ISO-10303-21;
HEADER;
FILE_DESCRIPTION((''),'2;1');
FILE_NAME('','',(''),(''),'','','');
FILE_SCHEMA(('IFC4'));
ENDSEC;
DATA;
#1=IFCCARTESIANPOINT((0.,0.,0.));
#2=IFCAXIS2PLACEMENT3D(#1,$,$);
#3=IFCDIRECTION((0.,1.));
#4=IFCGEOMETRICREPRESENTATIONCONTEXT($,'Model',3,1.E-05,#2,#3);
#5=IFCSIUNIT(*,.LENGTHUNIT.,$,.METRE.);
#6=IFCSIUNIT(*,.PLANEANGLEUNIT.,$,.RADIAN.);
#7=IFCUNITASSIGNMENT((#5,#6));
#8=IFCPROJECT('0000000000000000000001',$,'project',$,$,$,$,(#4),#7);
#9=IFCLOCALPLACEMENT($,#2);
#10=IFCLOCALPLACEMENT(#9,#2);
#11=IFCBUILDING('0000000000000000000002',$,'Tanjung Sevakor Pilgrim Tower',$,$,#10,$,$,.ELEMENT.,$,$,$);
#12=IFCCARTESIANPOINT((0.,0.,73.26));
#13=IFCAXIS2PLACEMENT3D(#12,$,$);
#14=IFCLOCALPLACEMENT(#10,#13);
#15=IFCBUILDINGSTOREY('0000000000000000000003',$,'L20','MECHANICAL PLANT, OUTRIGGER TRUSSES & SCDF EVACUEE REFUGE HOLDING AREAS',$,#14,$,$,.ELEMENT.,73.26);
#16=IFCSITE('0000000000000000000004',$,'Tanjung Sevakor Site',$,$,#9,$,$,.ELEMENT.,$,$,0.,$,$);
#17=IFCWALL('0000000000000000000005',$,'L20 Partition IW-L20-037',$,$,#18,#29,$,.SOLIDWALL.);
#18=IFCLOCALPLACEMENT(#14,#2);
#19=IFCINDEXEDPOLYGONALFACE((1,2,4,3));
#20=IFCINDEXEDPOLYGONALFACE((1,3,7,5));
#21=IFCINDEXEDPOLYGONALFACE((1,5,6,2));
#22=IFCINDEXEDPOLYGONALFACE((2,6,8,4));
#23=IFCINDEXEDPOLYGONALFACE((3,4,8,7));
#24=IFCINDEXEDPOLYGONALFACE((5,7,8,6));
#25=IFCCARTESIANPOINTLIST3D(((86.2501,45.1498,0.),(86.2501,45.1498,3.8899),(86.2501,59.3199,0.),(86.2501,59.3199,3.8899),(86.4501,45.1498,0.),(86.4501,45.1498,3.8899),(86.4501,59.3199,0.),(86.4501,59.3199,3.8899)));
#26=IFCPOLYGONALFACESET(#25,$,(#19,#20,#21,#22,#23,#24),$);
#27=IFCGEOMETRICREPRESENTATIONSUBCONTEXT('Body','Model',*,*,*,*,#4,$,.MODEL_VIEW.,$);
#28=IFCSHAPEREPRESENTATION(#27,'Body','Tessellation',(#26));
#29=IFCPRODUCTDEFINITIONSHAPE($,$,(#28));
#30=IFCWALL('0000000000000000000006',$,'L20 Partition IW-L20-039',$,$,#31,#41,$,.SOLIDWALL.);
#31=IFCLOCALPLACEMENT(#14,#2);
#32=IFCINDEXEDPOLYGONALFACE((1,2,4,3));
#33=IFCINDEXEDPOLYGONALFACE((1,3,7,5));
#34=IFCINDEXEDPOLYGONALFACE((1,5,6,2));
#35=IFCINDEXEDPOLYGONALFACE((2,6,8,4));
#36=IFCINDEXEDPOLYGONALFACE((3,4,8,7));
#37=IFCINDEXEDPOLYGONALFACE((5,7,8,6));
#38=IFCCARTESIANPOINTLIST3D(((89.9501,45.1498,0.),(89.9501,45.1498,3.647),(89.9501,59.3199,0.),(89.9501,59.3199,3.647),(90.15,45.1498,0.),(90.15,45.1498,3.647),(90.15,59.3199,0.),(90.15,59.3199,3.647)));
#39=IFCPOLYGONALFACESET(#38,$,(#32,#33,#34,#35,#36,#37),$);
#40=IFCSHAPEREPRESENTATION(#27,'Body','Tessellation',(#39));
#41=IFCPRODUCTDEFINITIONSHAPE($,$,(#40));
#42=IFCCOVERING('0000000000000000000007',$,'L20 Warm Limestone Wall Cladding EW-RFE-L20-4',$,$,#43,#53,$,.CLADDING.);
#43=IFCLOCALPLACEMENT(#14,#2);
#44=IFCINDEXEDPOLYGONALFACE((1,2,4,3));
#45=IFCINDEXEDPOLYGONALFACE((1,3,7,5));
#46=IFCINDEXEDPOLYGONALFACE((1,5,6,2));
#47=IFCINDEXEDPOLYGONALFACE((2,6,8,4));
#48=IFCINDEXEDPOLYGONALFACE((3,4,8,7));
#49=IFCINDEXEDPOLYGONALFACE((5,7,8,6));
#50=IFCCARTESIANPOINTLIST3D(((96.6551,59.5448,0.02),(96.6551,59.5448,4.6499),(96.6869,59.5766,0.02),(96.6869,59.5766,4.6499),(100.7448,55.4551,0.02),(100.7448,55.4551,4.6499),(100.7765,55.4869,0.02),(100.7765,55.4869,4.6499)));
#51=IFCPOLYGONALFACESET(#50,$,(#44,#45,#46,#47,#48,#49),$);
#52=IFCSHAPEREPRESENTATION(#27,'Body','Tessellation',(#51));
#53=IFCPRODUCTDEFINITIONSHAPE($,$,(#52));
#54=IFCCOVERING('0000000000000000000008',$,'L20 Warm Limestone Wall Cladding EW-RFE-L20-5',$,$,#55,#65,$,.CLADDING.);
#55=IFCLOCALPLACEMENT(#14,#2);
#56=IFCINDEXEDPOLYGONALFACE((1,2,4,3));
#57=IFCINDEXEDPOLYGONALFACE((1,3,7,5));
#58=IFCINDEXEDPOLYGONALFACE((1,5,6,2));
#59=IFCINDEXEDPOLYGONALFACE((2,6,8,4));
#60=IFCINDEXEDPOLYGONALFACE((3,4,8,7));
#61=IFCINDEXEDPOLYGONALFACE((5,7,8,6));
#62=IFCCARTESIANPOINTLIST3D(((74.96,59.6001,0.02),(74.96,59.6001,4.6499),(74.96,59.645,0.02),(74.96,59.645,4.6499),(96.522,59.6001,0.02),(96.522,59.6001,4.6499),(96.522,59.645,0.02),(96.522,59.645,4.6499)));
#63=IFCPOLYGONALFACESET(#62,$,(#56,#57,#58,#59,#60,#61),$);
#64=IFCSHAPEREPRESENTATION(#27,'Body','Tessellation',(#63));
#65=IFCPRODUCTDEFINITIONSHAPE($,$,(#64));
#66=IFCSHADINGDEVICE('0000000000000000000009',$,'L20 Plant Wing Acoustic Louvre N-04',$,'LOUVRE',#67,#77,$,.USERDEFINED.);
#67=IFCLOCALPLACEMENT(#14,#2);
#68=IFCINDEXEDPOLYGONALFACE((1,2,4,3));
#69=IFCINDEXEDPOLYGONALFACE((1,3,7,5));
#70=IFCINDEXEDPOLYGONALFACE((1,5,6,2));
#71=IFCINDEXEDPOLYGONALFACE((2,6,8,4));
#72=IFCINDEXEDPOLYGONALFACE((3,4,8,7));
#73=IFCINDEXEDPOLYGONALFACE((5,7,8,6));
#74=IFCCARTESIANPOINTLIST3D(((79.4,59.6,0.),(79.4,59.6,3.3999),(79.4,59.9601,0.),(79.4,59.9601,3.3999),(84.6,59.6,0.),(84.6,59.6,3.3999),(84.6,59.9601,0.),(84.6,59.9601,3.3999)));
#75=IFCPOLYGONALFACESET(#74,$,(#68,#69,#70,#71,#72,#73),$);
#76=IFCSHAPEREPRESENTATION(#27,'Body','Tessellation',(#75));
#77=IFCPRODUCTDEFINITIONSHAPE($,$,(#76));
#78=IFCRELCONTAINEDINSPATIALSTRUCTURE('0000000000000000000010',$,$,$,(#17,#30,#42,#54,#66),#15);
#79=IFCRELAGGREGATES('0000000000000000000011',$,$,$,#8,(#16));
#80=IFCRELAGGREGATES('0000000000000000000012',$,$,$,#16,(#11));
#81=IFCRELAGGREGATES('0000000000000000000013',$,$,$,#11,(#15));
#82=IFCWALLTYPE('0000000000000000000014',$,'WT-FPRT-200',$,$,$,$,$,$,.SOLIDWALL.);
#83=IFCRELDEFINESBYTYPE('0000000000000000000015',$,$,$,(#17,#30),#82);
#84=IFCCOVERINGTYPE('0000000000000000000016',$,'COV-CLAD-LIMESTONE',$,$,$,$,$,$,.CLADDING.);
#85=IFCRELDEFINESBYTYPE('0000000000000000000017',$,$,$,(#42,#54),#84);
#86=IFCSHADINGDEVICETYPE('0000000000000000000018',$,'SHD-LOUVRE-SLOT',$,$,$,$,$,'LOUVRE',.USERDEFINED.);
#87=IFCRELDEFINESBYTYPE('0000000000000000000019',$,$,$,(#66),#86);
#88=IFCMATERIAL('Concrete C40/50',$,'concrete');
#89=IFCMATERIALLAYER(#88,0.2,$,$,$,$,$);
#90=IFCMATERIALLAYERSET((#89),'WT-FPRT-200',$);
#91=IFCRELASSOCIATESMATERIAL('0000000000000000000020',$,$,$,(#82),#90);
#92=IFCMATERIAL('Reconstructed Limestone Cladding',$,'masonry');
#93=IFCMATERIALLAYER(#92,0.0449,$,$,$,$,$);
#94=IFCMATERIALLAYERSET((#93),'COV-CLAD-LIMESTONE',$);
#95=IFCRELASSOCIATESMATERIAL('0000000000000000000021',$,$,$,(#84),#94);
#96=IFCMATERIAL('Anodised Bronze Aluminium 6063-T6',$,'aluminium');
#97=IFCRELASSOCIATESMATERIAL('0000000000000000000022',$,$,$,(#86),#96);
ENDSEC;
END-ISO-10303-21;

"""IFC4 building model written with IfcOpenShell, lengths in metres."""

from ifc_helpers import new_model, si_unit, direction, frame, frame_2d, origin, origin_2d, place, context, subcontext, project, spatial, rectangle, extrude, material, layer, layer_set, type_object, element, save


model = new_model("IFC4")

# Units and contexts
model_context = context("Model", 3, precision=1e-05, world=origin(), true_north=direction((0.0, 1.0)))
body_context = subcontext(model_context, "Body", "Model", "MODEL_VIEW")
ifc_project = project(units=[si_unit("LENGTHUNIT", "METRE"), si_unit("PLANEANGLEUNIT", "RADIAN")], contexts=[model_context])

# Site, building, storey
site_placement = place(None, origin())
site = spatial("IfcSite", under=ifc_project, at=site_placement, Name="Tanjung Sevakor Site", CompositionType="ELEMENT", RefElevation=0.0)
building_placement = place(site_placement, origin())
building = spatial("IfcBuilding", under=site, at=building_placement, Name="Tanjung Sevakor Pilgrim Tower", CompositionType="ELEMENT")
storey_placement = place(building_placement, frame((0.0, 0.0, 73.26)))
storey = spatial("IfcBuildingStorey", under=building, at=storey_placement, Name="L20", Description="MECHANICAL PLANT, OUTRIGGER TRUSSES & SCDF EVACUEE REFUGE HOLDING AREAS", CompositionType="ELEMENT", Elevation=73.26)

# Shared definitions
ifc_material_1 = material(Name="Concrete C40/50", Category="concrete")
ifc_layer_1 = layer(ifc_material_1, 0.2)
ifc_layer_set_1 = layer_set([ifc_layer_1], Name="WT-FPRT-200")
wall_type_1 = type_object("IfcWallType", Name="WT-FPRT-200", PredefinedType="SOLIDWALL", material=ifc_layer_set_1)

# Wall
wall_1_placement = place(storey_placement, frame((86.3501, 45.1499, 0.0), z_axis=(0.0, 0.0, 1.0), x_axis=(0.0, 1.0, 0.0)))
element("IfcWall", 1, at=wall_1_placement, inside=storey, type_object=wall_type_1, Name="L20 Partition IW-L20-037", PredefinedType="SOLIDWALL", context=body_context, shape_type="SweptSolid", body=[
    extrude(rectangle(XDim=14.1702, YDim=0.2, at=frame_2d((7.085, 0.0))), origin(), (0.0, 0.0, 1.0), 3.8899),
])

# Wall
wall_2_placement = place(storey_placement, frame((90.05, 45.1499, 0.0), z_axis=(0.0, 0.0, 1.0), x_axis=(0.0, 1.0, 0.0)))
element("IfcWall", 2, at=wall_2_placement, inside=storey, type_object=wall_type_1, Name="L20 Partition IW-L20-039", PredefinedType="SOLIDWALL", context=body_context, shape_type="SweptSolid", body=[
    extrude(rectangle(XDim=14.1702, YDim=0.2, at=frame_2d((7.085, 0.0))), origin(), (0.0, 0.0, 1.0), 3.647),
])

# Coverings
ifc_material_2 = material(Name="Reconstructed Limestone Cladding", Category="masonry")
ifc_layer_2 = layer(ifc_material_2, 0.0449)
ifc_layer_set_2 = layer_set([ifc_layer_2], Name="COV-CLAD-LIMESTONE")
covering_type = type_object("IfcCoveringType", Name="COV-CLAD-LIMESTONE", PredefinedType="CLADDING", material=ifc_layer_set_2)
covering_1_placement = place(storey_placement, frame((98.7158, 57.5159, 0.02), z_axis=(0.0, 0.0, 1.0), x_axis=(-0.707107, 0.707107, 0.0)))
element("IfcCovering", 3, at=covering_1_placement, inside=storey, type_object=covering_type, Name="L20 Warm Limestone Wall Cladding EW-RFE-L20-4", PredefinedType="CLADDING", context=body_context, shape_type="SweptSolid", body=[
    extrude(rectangle(XDim=5.7837, YDim=0.0449, at=origin_2d()), origin(), (0.0, 0.0, 1.0), 4.6299),
])
covering_2_placement = place(storey_placement, frame((85.741, 59.6226, 0.02), z_axis=(0.0, 0.0, 1.0), x_axis=(-1.0, 0.0, 0.0)))
element("IfcCovering", 4, at=covering_2_placement, inside=storey, type_object=covering_type, Name="L20 Warm Limestone Wall Cladding EW-RFE-L20-5", PredefinedType="CLADDING", context=body_context, shape_type="SweptSolid", body=[
    extrude(rectangle(XDim=21.562, YDim=0.0449, at=origin_2d()), origin(), (0.0, 0.0, 1.0), 4.6299),
])

# Shading device
ifc_material_3 = material(Name="Anodised Bronze Aluminium 6063-T6", Category="aluminium")
shading_device_type = type_object("IfcShadingDeviceType", Name="SHD-LOUVRE-SLOT", ElementType="LOUVRE", PredefinedType="USERDEFINED", material=ifc_material_3)
shading_device_placement = place(storey_placement, frame((82.0, 59.78, 0.0), z_axis=(0.0, 0.0, 1.0), x_axis=(1.0, 0.0, 0.0)))
element("IfcShadingDevice", 5, at=shading_device_placement, inside=storey, type_object=shading_device_type, Name="L20 Plant Wing Acoustic Louvre N-04", ObjectType="LOUVRE", PredefinedType="USERDEFINED", context=body_context, shape_type="SweptSolid", body=[
    extrude(rectangle(XDim=5.2, YDim=0.3601, at=origin_2d()), origin(), (0.0, 0.0, 1.0), 3.3999),
])

save(model, "model.ifc")
